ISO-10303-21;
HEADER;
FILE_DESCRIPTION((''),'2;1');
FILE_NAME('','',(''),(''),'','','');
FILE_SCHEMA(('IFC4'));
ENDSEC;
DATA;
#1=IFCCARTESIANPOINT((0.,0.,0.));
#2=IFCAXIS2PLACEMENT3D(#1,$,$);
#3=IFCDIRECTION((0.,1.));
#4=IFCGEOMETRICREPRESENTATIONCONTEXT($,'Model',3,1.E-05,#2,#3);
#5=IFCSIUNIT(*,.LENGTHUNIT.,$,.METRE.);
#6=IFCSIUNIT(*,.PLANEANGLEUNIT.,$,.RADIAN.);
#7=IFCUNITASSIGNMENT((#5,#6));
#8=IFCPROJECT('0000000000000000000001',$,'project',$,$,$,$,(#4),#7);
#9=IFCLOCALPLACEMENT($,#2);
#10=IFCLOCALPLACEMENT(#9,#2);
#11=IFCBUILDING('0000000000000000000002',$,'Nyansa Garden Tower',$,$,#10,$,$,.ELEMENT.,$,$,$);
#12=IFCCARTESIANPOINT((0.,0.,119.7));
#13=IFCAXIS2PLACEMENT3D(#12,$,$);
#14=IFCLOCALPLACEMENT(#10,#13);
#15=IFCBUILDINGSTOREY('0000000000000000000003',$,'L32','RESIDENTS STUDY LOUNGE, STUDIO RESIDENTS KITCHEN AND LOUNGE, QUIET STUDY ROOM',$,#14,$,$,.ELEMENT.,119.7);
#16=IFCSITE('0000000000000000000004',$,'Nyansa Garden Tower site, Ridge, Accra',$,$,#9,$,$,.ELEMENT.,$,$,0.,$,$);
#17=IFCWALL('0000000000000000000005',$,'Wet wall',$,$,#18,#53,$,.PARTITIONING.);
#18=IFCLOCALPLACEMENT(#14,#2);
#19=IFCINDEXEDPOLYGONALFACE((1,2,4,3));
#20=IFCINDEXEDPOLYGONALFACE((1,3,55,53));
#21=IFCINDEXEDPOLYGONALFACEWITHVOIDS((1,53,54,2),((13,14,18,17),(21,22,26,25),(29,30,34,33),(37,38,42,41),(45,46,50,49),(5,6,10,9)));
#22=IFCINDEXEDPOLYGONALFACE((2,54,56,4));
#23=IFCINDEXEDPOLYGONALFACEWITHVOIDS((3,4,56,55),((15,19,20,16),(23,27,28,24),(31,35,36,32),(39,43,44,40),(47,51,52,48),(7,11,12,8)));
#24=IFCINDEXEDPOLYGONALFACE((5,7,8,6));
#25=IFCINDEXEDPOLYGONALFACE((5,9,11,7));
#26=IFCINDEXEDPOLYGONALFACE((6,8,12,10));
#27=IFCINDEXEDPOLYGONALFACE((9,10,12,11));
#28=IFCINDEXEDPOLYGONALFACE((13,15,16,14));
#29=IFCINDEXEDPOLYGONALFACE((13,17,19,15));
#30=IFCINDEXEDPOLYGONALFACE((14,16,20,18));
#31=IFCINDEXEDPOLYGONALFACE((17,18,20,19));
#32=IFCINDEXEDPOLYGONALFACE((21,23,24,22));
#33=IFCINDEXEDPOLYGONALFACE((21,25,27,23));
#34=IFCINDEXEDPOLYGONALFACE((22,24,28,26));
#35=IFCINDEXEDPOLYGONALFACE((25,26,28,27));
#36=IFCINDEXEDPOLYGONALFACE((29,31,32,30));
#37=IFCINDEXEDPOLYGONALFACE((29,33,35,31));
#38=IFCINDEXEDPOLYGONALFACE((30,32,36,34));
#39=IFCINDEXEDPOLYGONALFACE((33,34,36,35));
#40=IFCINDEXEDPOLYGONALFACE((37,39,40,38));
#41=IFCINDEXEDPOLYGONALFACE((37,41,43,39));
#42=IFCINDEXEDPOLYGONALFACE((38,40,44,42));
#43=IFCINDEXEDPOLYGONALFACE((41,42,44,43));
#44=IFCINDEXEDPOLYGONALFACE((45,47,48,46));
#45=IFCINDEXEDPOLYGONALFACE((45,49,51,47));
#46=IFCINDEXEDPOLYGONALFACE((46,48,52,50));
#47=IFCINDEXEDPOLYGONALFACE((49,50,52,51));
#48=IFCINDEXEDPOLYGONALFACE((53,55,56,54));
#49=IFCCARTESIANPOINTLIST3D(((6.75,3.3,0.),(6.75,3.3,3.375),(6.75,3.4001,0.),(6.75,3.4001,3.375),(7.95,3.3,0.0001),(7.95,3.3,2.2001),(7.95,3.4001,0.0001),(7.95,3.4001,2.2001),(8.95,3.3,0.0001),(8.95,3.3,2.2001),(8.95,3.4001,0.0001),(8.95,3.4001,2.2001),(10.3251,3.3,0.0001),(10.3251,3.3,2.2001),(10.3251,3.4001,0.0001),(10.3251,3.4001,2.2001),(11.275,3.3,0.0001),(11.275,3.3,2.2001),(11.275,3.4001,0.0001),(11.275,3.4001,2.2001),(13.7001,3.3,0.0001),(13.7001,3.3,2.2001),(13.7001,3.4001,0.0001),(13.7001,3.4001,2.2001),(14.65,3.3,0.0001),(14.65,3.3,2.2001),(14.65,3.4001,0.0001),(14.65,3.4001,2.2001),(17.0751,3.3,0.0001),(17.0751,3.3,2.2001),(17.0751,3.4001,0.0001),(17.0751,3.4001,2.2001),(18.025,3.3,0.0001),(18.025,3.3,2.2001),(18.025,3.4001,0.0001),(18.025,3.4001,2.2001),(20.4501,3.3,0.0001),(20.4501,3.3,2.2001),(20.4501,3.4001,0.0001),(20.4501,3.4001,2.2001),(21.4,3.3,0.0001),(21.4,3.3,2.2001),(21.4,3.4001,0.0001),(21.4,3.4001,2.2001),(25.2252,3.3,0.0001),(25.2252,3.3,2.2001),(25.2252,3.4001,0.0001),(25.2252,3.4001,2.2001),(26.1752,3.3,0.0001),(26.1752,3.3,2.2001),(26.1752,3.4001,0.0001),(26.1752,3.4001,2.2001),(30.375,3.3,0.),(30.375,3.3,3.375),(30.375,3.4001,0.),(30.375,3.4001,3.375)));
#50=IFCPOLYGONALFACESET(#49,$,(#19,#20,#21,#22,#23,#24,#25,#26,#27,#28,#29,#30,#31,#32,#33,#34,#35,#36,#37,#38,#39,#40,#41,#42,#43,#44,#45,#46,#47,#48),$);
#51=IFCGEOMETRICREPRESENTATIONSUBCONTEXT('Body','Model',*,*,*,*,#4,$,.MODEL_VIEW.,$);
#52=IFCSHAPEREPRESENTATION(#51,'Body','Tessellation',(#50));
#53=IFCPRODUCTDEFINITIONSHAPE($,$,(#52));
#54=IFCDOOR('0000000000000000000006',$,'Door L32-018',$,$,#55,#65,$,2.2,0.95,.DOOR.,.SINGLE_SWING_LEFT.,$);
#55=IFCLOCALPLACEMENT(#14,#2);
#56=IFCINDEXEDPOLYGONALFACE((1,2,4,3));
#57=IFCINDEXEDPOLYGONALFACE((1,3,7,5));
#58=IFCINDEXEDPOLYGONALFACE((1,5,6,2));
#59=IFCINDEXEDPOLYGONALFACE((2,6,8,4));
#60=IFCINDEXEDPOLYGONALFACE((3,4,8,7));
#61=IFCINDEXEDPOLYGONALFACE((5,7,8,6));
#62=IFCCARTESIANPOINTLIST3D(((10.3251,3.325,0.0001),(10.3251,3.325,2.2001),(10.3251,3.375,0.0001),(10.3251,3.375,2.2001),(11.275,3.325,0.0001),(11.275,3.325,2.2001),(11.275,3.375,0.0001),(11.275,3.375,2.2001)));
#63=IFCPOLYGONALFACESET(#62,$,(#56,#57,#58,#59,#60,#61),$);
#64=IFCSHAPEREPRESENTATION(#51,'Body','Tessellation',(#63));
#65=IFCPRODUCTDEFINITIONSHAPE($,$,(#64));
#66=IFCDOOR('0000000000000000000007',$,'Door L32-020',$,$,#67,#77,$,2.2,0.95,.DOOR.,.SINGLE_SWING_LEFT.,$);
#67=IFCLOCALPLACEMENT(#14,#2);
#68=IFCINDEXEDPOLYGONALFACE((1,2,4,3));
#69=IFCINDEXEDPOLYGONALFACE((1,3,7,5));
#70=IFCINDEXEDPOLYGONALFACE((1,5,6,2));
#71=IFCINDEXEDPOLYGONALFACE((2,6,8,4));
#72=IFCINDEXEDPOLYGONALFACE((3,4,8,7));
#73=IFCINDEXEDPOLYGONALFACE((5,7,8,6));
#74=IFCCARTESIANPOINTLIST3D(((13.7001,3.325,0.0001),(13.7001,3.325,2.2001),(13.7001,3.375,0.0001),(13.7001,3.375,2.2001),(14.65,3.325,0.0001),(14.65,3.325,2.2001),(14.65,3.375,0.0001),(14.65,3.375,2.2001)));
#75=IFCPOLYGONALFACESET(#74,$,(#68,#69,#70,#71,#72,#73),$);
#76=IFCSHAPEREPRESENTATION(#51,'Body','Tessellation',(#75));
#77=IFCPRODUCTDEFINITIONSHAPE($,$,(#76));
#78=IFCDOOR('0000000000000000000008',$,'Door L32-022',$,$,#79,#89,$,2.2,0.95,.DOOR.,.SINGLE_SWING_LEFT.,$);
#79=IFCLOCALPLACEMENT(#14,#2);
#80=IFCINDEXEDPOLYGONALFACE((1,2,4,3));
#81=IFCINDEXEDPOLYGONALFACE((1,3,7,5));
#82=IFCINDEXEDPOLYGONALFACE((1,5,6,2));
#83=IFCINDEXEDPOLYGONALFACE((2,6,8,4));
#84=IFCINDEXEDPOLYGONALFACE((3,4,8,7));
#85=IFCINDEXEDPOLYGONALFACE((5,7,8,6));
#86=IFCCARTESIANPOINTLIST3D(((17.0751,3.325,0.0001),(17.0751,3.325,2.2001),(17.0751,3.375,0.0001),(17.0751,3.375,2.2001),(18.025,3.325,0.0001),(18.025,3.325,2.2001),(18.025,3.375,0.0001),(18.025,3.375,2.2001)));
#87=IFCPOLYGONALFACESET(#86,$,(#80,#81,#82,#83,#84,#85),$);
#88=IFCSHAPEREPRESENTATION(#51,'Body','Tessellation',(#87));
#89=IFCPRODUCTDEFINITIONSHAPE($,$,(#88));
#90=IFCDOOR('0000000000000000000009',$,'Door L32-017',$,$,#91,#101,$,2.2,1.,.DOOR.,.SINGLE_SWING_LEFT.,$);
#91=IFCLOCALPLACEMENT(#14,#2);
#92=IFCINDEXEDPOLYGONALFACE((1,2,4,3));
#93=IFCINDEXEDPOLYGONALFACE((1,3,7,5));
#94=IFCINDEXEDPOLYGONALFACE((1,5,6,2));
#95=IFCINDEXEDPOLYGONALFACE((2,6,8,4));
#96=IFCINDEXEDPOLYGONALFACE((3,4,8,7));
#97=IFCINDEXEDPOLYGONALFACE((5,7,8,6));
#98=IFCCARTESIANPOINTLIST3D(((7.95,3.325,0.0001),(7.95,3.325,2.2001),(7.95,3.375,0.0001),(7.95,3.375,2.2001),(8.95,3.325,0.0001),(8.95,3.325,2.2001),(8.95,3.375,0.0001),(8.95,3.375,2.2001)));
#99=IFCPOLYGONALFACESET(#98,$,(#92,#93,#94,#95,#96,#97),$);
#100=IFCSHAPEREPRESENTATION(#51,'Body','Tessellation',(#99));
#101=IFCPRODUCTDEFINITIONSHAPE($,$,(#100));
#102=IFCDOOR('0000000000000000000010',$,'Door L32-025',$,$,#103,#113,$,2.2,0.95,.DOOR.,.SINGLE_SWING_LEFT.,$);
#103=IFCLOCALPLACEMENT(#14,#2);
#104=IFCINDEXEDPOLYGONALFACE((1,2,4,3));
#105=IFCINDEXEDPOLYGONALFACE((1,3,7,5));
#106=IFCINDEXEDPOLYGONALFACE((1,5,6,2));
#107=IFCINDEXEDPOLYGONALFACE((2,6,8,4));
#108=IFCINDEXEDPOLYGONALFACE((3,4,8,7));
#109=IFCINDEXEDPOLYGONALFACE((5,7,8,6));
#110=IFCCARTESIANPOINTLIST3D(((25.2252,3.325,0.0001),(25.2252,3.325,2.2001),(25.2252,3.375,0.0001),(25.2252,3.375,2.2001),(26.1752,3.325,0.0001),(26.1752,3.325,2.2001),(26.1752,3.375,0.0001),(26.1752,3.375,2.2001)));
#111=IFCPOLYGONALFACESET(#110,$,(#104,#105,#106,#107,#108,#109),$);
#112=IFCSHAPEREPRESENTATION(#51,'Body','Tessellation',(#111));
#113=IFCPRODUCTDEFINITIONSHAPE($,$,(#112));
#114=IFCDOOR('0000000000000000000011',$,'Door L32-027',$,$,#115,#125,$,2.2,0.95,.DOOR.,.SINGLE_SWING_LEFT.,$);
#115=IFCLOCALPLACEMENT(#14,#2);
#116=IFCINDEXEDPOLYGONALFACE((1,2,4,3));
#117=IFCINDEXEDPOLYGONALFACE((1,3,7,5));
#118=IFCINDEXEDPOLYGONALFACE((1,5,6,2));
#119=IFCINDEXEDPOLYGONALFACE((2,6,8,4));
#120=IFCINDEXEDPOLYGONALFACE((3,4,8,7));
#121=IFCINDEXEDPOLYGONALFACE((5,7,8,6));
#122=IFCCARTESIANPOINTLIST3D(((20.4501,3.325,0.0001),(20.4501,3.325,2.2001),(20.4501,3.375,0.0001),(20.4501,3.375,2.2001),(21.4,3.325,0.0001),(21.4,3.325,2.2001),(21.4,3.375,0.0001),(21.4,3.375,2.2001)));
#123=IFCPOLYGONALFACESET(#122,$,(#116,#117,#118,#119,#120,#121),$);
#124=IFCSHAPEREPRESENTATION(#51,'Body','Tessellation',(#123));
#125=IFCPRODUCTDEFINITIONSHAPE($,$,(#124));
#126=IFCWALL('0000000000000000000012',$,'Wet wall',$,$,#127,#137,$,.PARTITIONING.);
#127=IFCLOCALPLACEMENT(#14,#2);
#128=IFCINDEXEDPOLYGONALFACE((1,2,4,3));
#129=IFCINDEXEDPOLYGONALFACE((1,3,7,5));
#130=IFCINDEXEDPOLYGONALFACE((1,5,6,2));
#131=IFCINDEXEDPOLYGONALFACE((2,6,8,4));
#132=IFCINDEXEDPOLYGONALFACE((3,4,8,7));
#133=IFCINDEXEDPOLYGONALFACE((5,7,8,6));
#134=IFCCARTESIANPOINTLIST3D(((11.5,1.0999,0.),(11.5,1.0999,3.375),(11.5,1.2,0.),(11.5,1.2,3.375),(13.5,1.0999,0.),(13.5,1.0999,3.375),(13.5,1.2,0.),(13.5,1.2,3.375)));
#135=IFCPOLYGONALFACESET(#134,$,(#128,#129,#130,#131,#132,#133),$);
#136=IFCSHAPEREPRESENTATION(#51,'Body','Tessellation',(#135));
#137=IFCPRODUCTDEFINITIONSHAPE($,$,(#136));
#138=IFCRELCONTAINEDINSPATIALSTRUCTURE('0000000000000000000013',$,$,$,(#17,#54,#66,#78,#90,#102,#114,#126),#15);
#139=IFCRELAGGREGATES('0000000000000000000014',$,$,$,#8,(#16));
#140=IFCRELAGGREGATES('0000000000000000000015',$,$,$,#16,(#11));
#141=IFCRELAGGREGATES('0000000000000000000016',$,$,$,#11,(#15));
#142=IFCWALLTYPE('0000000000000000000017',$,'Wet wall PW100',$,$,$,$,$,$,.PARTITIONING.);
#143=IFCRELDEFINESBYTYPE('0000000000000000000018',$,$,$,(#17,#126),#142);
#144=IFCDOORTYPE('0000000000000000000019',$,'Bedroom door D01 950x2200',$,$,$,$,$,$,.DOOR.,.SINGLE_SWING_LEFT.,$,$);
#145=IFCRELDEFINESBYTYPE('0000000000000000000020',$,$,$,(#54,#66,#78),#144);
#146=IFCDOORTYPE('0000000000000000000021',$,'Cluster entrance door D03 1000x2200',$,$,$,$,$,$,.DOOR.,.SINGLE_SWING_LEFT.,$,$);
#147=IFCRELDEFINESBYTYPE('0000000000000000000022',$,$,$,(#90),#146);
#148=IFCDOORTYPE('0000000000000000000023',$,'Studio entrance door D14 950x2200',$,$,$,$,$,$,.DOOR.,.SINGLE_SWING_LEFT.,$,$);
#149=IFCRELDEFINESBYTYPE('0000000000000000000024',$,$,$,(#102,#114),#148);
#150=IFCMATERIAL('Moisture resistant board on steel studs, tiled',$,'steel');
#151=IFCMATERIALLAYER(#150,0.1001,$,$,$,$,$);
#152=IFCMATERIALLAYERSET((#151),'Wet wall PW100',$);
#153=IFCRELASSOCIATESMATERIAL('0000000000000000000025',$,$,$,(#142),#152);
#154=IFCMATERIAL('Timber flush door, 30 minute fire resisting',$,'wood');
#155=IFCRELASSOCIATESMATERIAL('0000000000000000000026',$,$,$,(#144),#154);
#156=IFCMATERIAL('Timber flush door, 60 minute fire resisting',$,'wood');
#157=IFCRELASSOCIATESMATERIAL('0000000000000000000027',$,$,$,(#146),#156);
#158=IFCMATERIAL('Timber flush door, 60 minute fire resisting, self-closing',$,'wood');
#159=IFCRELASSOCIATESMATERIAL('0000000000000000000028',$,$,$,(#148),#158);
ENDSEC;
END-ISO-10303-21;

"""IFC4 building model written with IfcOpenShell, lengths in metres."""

from ifc_helpers import new_model, si_unit, direction, frame, frame_2d, origin, place, context, subcontext, project, spatial, rectangle, extrude, material, layer, layer_set, type_object, element, fill, save


model = new_model("IFC4")

# Units and contexts
model_context = context("Model", 3, precision=1e-05, world=origin(), true_north=direction((0.0, 1.0)))
body_context = subcontext(model_context, "Body", "Model", "MODEL_VIEW")
ifc_project = project(units=[si_unit("LENGTHUNIT", "METRE"), si_unit("PLANEANGLEUNIT", "RADIAN")], contexts=[model_context])

# Site, building, storey
site_placement = place(None, origin())
site = spatial("IfcSite", under=ifc_project, at=site_placement, Name="Nyansa Garden Tower site, Ridge, Accra", CompositionType="ELEMENT", RefElevation=0.0)
building_placement = place(site_placement, origin())
building = spatial("IfcBuilding", under=site, at=building_placement, Name="Nyansa Garden Tower", CompositionType="ELEMENT")
storey_placement = place(building_placement, frame((0.0, 0.0, 119.7)))
storey = spatial("IfcBuildingStorey", under=building, at=storey_placement, Name="L32", Description="RESIDENTS STUDY LOUNGE, STUDIO RESIDENTS KITCHEN AND LOUNGE, QUIET STUDY ROOM", CompositionType="ELEMENT", Elevation=119.7)

# Wall, openings, doors
ifc_material_1 = material(Name="Moisture resistant board on steel studs, tiled", Category="steel")
ifc_layer_1 = layer(ifc_material_1, 0.1001)
ifc_layer_set_1 = layer_set([ifc_layer_1], Name="Wet wall PW100")
wall_type_1 = type_object("IfcWallType", Name="Wet wall PW100", PredefinedType="PARTITIONING", material=ifc_layer_set_1)
wall_1_placement = place(storey_placement, frame((6.75, 3.3501, 0.0), z_axis=(0.0, 0.0, 1.0), x_axis=(1.0, 0.0, 0.0)))
wall_1 = element("IfcWall", 1, at=wall_1_placement, inside=storey, type_object=wall_type_1, Name="Wet wall", PredefinedType="PARTITIONING", context=body_context, shape_type="SweptSolid", body=[
    extrude(rectangle(XDim=23.625, YDim=0.1001, at=frame_2d((11.8125, 0.0))), origin(), (0.0, 0.0, 1.0), 3.375),
])
opening_1_placement = place(wall_1_placement, frame((1.2, 0.0, 0.0)))
opening_1 = element("IfcOpeningElement", 2, at=opening_1_placement, cuts=wall_1, PredefinedType="OPENING", context=body_context, shape_type="SweptSolid", body=[
    extrude(rectangle(XDim=1.0, YDim=2.2, at=frame_2d((0.5, 1.1001))), frame((0.0, 0.0601, 0.0), z_axis=(0.0, -1.0, 0.0), x_axis=(1.0, 0.0, 0.0)), (0.0, 0.0, 1.0), 0.1201),
])
opening_2_placement = place(wall_1_placement, frame((3.575, 0.0, 0.0)))
opening_2 = element("IfcOpeningElement", 3, at=opening_2_placement, cuts=wall_1, PredefinedType="OPENING", context=body_context, shape_type="SweptSolid", body=[
    extrude(rectangle(XDim=0.95, YDim=2.2, at=frame_2d((0.4751, 1.1001))), frame((0.0, 0.0601, 0.0), z_axis=(0.0, -1.0, 0.0), x_axis=(1.0, 0.0, 0.0)), (0.0, 0.0, 1.0), 0.1201),
])
opening_3_placement = place(wall_1_placement, frame((6.95, 0.0, 0.0)))
opening_3 = element("IfcOpeningElement", 4, at=opening_3_placement, cuts=wall_1, PredefinedType="OPENING", context=body_context, shape_type="SweptSolid", body=[
    extrude(rectangle(XDim=0.95, YDim=2.2, at=frame_2d((0.4751, 1.1001))), frame((0.0, 0.0601, 0.0), z_axis=(0.0, -1.0, 0.0), x_axis=(1.0, 0.0, 0.0)), (0.0, 0.0, 1.0), 0.1201),
])
opening_4_placement = place(wall_1_placement, frame((10.325, 0.0, 0.0)))
opening_4 = element("IfcOpeningElement", 5, at=opening_4_placement, cuts=wall_1, PredefinedType="OPENING", context=body_context, shape_type="SweptSolid", body=[
    extrude(rectangle(XDim=0.95, YDim=2.2, at=frame_2d((0.4751, 1.1001))), frame((0.0, 0.0601, 0.0), z_axis=(0.0, -1.0, 0.0), x_axis=(1.0, 0.0, 0.0)), (0.0, 0.0, 1.0), 0.1201),
])
opening_5_placement = place(wall_1_placement, frame((18.4751, 0.0, 0.0)))
opening_5 = element("IfcOpeningElement", 6, at=opening_5_placement, cuts=wall_1, PredefinedType="OPENING", context=body_context, shape_type="SweptSolid", body=[
    extrude(rectangle(XDim=0.95, YDim=2.2, at=frame_2d((0.4751, 1.1001))), frame((0.0, 0.0601, 0.0), z_axis=(0.0, -1.0, 0.0), x_axis=(1.0, 0.0, 0.0)), (0.0, 0.0, 1.0), 0.1201),
])
opening_6_placement = place(wall_1_placement, frame((13.7, 0.0, 0.0)))
opening_6 = element("IfcOpeningElement", 7, at=opening_6_placement, cuts=wall_1, PredefinedType="OPENING", context=body_context, shape_type="SweptSolid", body=[
    extrude(rectangle(XDim=0.95, YDim=2.2, at=frame_2d((0.4751, 1.1001))), frame((0.0, 0.0601, 0.0), z_axis=(0.0, -1.0, 0.0), x_axis=(1.0, 0.0, 0.0)), (0.0, 0.0, 1.0), 0.1201),
])
ifc_material_2 = material(Name="Timber flush door, 30 minute fire resisting", Category="wood")
door_type_1 = type_object("IfcDoorType", Name="Bedroom door D01 950x2200", OperationType="SINGLE_SWING_LEFT", PredefinedType="DOOR", material=ifc_material_2)
door_1_placement = place(opening_2_placement, origin())
door_1 = element("IfcDoor", 8, at=door_1_placement, inside=storey, type_object=door_type_1, Name="Door L32-018", OperationType="SINGLE_SWING_LEFT", OverallHeight=2.2, OverallWidth=0.95, PredefinedType="DOOR", context=body_context, shape_type="SweptSolid", body=[
    extrude(rectangle(XDim=0.95, YDim=2.2, at=frame_2d((0.4751, 1.1001))), frame((0.0, 0.0249, 0.0), z_axis=(0.0, -1.0, 0.0), x_axis=(1.0, 0.0, 0.0)), (0.0, 0.0, 1.0), 0.05),
])
fill(opening_2, door_1)
door_2_placement = place(opening_3_placement, origin())
door_2 = element("IfcDoor", 9, at=door_2_placement, inside=storey, type_object=door_type_1, Name="Door L32-020", OperationType="SINGLE_SWING_LEFT", OverallHeight=2.2, OverallWidth=0.95, PredefinedType="DOOR", context=body_context, shape_type="SweptSolid", body=[
    extrude(rectangle(XDim=0.95, YDim=2.2, at=frame_2d((0.4751, 1.1001))), frame((0.0, 0.0249, 0.0), z_axis=(0.0, -1.0, 0.0), x_axis=(1.0, 0.0, 0.0)), (0.0, 0.0, 1.0), 0.05),
])
fill(opening_3, door_2)
door_3_placement = place(opening_4_placement, origin())
door_3 = element("IfcDoor", 10, at=door_3_placement, inside=storey, type_object=door_type_1, Name="Door L32-022", OperationType="SINGLE_SWING_LEFT", OverallHeight=2.2, OverallWidth=0.95, PredefinedType="DOOR", context=body_context, shape_type="SweptSolid", body=[
    extrude(rectangle(XDim=0.95, YDim=2.2, at=frame_2d((0.4751, 1.1001))), frame((0.0, 0.0249, 0.0), z_axis=(0.0, -1.0, 0.0), x_axis=(1.0, 0.0, 0.0)), (0.0, 0.0, 1.0), 0.05),
])
fill(opening_4, door_3)
ifc_material_3 = material(Name="Timber flush door, 60 minute fire resisting", Category="wood")
door_type_2 = type_object("IfcDoorType", Name="Cluster entrance door D03 1000x2200", OperationType="SINGLE_SWING_LEFT", PredefinedType="DOOR", material=ifc_material_3)
door_4_placement = place(opening_1_placement, origin())
door_4 = element("IfcDoor", 11, at=door_4_placement, inside=storey, type_object=door_type_2, Name="Door L32-017", OperationType="SINGLE_SWING_LEFT", OverallHeight=2.2, OverallWidth=1.0, PredefinedType="DOOR", context=body_context, shape_type="SweptSolid", body=[
    extrude(rectangle(XDim=1.0, YDim=2.2, at=frame_2d((0.5, 1.1001))), frame((0.0, 0.0249, 0.0), z_axis=(0.0, -1.0, 0.0), x_axis=(1.0, 0.0, 0.0)), (0.0, 0.0, 1.0), 0.05),
])
fill(opening_1, door_4)
ifc_material_4 = material(Name="Timber flush door, 60 minute fire resisting, self-closing", Category="wood")
door_type_3 = type_object("IfcDoorType", Name="Studio entrance door D14 950x2200", OperationType="SINGLE_SWING_LEFT", PredefinedType="DOOR", material=ifc_material_4)
door_5_placement = place(opening_5_placement, origin())
door_5 = element("IfcDoor", 12, at=door_5_placement, inside=storey, type_object=door_type_3, Name="Door L32-025", OperationType="SINGLE_SWING_LEFT", OverallHeight=2.2, OverallWidth=0.95, PredefinedType="DOOR", context=body_context, shape_type="SweptSolid", body=[
    extrude(rectangle(XDim=0.95, YDim=2.2, at=frame_2d((0.4751, 1.1001))), frame((0.0, 0.0249, 0.0), z_axis=(0.0, -1.0, 0.0), x_axis=(1.0, 0.0, 0.0)), (0.0, 0.0, 1.0), 0.05),
])
fill(opening_5, door_5)
door_6_placement = place(opening_6_placement, origin())
door_6 = element("IfcDoor", 13, at=door_6_placement, inside=storey, type_object=door_type_3, Name="Door L32-027", OperationType="SINGLE_SWING_LEFT", OverallHeight=2.2, OverallWidth=0.95, PredefinedType="DOOR", context=body_context, shape_type="SweptSolid", body=[
    extrude(rectangle(XDim=0.95, YDim=2.2, at=frame_2d((0.4751, 1.1001))), frame((0.0, 0.0249, 0.0), z_axis=(0.0, -1.0, 0.0), x_axis=(1.0, 0.0, 0.0)), (0.0, 0.0, 1.0), 0.05),
])
fill(opening_6, door_6)

# Wall
wall_2_placement = place(storey_placement, frame((11.5, 1.1499, 0.0), z_axis=(0.0, 0.0, 1.0), x_axis=(1.0, 0.0, 0.0)))
element("IfcWall", 14, at=wall_2_placement, inside=storey, type_object=wall_type_1, Name="Wet wall", PredefinedType="PARTITIONING", context=body_context, shape_type="SweptSolid", body=[
    extrude(rectangle(XDim=2.0, YDim=0.1001, at=frame_2d((1.0, 0.0))), origin(), (0.0, 0.0, 1.0), 3.375),
])

save(model, "model.ifc")
